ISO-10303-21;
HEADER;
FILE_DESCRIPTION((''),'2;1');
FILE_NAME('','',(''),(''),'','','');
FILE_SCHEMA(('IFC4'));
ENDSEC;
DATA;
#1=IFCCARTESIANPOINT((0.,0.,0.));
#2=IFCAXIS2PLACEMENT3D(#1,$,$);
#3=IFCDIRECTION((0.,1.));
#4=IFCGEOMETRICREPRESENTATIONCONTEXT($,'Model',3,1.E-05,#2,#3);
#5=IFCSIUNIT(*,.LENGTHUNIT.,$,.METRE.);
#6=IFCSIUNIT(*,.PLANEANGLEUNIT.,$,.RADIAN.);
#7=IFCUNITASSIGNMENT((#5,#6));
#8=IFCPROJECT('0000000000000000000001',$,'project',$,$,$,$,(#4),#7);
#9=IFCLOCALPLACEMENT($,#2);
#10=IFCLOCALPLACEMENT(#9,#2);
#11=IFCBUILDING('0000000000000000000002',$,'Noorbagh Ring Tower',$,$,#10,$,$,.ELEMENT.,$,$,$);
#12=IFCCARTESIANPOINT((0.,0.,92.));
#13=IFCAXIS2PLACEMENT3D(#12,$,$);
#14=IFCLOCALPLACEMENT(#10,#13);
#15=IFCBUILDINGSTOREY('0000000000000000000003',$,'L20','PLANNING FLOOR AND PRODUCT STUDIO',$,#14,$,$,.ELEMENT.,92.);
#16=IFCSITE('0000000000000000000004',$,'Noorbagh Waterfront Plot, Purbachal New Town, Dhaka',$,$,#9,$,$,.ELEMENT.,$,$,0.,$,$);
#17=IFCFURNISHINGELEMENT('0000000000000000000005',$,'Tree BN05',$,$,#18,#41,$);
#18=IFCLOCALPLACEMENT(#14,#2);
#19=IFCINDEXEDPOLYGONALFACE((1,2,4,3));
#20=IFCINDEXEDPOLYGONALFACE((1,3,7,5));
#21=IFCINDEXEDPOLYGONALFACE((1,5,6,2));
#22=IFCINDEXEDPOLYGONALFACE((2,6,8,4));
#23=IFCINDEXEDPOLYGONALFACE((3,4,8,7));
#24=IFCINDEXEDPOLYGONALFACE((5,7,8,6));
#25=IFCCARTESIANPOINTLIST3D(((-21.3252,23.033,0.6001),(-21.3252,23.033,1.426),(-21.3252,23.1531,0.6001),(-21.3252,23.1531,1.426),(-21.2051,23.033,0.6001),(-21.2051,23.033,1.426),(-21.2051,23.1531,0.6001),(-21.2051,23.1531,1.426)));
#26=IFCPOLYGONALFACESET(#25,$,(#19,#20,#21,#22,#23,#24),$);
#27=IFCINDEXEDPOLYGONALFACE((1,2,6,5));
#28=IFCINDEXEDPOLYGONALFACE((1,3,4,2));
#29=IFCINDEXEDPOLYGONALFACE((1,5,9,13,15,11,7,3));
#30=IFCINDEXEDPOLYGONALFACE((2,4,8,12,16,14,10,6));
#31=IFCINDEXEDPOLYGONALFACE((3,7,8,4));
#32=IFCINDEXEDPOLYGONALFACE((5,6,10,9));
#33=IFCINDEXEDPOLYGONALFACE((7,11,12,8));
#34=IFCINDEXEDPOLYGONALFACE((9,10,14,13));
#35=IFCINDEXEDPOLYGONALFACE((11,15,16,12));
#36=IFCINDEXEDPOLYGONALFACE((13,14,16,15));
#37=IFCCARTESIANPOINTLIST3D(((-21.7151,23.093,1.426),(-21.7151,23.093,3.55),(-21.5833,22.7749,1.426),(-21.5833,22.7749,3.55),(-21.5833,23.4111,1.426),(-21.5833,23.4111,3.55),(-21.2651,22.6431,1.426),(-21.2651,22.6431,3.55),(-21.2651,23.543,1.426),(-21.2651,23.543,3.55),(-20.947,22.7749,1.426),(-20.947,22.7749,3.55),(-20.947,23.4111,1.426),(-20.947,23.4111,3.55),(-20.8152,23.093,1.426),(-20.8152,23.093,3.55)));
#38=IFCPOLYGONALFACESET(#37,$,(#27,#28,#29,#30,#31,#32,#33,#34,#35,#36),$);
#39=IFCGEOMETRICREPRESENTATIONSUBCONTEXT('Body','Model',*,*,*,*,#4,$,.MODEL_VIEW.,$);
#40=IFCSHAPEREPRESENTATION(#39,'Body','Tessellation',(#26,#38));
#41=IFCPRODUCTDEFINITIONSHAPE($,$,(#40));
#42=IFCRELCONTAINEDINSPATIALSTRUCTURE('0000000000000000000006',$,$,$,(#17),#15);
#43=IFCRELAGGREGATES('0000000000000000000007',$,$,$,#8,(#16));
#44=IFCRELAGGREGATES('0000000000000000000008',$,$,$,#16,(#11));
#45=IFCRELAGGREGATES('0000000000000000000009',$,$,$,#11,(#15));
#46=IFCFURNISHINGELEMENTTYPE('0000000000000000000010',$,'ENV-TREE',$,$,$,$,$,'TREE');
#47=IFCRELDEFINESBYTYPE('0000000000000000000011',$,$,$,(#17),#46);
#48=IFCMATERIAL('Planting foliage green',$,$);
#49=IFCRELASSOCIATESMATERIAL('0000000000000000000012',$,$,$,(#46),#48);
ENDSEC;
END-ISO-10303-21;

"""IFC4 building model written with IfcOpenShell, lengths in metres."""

from ifc_helpers import new_model, si_unit, direction, frame, origin, origin_2d, place, context, subcontext, project, spatial, polyline, rectangle, outline, extrude, material, type_object, element, save


model = new_model("IFC4")

# Units and contexts
model_context = context("Model", 3, precision=1e-05, world=origin(), true_north=direction((0.0, 1.0)))
body_context = subcontext(model_context, "Body", "Model", "MODEL_VIEW")
ifc_project = project(units=[si_unit("LENGTHUNIT", "METRE"), si_unit("PLANEANGLEUNIT", "RADIAN")], contexts=[model_context])

# Site, building, storey
site_placement = place(None, origin())
site = spatial("IfcSite", under=ifc_project, at=site_placement, Name="Noorbagh Waterfront Plot, Purbachal New Town, Dhaka", CompositionType="ELEMENT", RefElevation=0.0)
building_placement = place(site_placement, origin())
building = spatial("IfcBuilding", under=site, at=building_placement, Name="Noorbagh Ring Tower", CompositionType="ELEMENT")
storey_placement = place(building_placement, frame((0.0, 0.0, 92.0)))
storey = spatial("IfcBuildingStorey", under=building, at=storey_placement, Name="L20", Description="PLANNING FLOOR AND PRODUCT STUDIO", CompositionType="ELEMENT", Elevation=92.0)

# Furnishing element
ifc_material_1 = material(Name="Planting foliage green")
furnishing_element_type = type_object("IfcFurnishingElementType", Name="ENV-TREE", ElementType="TREE", material=ifc_material_1)
furnishing_placement = place(storey_placement, frame((-21.2651, 23.093, 0.6001), z_axis=(0.0, 0.0, 1.0), x_axis=(1.0, 0.0, 0.0)))
element("IfcFurnishingElement", 1, at=furnishing_placement, inside=storey, type_object=furnishing_element_type, Name="Tree BN05", context=body_context, shape_type="SweptSolid", body=[
    extrude(rectangle(XDim=0.1201, YDim=0.1201, at=origin_2d()), origin(), (0.0, 0.0, 1.0), 0.8259),
    extrude(outline(polyline([(0.45, 0.0), (0.3181, 0.3181), (0.0, 0.45), (-0.3181, 0.3181), (-0.45, 0.0), (-0.3181, -0.3181), (0.0, -0.45), (0.3181, -0.3181), (0.45, 0.0)])), frame((0.0, 0.0, 0.8259)), (0.0, 0.0, 1.0), 2.124),
])

save(model, "model.ifc")
